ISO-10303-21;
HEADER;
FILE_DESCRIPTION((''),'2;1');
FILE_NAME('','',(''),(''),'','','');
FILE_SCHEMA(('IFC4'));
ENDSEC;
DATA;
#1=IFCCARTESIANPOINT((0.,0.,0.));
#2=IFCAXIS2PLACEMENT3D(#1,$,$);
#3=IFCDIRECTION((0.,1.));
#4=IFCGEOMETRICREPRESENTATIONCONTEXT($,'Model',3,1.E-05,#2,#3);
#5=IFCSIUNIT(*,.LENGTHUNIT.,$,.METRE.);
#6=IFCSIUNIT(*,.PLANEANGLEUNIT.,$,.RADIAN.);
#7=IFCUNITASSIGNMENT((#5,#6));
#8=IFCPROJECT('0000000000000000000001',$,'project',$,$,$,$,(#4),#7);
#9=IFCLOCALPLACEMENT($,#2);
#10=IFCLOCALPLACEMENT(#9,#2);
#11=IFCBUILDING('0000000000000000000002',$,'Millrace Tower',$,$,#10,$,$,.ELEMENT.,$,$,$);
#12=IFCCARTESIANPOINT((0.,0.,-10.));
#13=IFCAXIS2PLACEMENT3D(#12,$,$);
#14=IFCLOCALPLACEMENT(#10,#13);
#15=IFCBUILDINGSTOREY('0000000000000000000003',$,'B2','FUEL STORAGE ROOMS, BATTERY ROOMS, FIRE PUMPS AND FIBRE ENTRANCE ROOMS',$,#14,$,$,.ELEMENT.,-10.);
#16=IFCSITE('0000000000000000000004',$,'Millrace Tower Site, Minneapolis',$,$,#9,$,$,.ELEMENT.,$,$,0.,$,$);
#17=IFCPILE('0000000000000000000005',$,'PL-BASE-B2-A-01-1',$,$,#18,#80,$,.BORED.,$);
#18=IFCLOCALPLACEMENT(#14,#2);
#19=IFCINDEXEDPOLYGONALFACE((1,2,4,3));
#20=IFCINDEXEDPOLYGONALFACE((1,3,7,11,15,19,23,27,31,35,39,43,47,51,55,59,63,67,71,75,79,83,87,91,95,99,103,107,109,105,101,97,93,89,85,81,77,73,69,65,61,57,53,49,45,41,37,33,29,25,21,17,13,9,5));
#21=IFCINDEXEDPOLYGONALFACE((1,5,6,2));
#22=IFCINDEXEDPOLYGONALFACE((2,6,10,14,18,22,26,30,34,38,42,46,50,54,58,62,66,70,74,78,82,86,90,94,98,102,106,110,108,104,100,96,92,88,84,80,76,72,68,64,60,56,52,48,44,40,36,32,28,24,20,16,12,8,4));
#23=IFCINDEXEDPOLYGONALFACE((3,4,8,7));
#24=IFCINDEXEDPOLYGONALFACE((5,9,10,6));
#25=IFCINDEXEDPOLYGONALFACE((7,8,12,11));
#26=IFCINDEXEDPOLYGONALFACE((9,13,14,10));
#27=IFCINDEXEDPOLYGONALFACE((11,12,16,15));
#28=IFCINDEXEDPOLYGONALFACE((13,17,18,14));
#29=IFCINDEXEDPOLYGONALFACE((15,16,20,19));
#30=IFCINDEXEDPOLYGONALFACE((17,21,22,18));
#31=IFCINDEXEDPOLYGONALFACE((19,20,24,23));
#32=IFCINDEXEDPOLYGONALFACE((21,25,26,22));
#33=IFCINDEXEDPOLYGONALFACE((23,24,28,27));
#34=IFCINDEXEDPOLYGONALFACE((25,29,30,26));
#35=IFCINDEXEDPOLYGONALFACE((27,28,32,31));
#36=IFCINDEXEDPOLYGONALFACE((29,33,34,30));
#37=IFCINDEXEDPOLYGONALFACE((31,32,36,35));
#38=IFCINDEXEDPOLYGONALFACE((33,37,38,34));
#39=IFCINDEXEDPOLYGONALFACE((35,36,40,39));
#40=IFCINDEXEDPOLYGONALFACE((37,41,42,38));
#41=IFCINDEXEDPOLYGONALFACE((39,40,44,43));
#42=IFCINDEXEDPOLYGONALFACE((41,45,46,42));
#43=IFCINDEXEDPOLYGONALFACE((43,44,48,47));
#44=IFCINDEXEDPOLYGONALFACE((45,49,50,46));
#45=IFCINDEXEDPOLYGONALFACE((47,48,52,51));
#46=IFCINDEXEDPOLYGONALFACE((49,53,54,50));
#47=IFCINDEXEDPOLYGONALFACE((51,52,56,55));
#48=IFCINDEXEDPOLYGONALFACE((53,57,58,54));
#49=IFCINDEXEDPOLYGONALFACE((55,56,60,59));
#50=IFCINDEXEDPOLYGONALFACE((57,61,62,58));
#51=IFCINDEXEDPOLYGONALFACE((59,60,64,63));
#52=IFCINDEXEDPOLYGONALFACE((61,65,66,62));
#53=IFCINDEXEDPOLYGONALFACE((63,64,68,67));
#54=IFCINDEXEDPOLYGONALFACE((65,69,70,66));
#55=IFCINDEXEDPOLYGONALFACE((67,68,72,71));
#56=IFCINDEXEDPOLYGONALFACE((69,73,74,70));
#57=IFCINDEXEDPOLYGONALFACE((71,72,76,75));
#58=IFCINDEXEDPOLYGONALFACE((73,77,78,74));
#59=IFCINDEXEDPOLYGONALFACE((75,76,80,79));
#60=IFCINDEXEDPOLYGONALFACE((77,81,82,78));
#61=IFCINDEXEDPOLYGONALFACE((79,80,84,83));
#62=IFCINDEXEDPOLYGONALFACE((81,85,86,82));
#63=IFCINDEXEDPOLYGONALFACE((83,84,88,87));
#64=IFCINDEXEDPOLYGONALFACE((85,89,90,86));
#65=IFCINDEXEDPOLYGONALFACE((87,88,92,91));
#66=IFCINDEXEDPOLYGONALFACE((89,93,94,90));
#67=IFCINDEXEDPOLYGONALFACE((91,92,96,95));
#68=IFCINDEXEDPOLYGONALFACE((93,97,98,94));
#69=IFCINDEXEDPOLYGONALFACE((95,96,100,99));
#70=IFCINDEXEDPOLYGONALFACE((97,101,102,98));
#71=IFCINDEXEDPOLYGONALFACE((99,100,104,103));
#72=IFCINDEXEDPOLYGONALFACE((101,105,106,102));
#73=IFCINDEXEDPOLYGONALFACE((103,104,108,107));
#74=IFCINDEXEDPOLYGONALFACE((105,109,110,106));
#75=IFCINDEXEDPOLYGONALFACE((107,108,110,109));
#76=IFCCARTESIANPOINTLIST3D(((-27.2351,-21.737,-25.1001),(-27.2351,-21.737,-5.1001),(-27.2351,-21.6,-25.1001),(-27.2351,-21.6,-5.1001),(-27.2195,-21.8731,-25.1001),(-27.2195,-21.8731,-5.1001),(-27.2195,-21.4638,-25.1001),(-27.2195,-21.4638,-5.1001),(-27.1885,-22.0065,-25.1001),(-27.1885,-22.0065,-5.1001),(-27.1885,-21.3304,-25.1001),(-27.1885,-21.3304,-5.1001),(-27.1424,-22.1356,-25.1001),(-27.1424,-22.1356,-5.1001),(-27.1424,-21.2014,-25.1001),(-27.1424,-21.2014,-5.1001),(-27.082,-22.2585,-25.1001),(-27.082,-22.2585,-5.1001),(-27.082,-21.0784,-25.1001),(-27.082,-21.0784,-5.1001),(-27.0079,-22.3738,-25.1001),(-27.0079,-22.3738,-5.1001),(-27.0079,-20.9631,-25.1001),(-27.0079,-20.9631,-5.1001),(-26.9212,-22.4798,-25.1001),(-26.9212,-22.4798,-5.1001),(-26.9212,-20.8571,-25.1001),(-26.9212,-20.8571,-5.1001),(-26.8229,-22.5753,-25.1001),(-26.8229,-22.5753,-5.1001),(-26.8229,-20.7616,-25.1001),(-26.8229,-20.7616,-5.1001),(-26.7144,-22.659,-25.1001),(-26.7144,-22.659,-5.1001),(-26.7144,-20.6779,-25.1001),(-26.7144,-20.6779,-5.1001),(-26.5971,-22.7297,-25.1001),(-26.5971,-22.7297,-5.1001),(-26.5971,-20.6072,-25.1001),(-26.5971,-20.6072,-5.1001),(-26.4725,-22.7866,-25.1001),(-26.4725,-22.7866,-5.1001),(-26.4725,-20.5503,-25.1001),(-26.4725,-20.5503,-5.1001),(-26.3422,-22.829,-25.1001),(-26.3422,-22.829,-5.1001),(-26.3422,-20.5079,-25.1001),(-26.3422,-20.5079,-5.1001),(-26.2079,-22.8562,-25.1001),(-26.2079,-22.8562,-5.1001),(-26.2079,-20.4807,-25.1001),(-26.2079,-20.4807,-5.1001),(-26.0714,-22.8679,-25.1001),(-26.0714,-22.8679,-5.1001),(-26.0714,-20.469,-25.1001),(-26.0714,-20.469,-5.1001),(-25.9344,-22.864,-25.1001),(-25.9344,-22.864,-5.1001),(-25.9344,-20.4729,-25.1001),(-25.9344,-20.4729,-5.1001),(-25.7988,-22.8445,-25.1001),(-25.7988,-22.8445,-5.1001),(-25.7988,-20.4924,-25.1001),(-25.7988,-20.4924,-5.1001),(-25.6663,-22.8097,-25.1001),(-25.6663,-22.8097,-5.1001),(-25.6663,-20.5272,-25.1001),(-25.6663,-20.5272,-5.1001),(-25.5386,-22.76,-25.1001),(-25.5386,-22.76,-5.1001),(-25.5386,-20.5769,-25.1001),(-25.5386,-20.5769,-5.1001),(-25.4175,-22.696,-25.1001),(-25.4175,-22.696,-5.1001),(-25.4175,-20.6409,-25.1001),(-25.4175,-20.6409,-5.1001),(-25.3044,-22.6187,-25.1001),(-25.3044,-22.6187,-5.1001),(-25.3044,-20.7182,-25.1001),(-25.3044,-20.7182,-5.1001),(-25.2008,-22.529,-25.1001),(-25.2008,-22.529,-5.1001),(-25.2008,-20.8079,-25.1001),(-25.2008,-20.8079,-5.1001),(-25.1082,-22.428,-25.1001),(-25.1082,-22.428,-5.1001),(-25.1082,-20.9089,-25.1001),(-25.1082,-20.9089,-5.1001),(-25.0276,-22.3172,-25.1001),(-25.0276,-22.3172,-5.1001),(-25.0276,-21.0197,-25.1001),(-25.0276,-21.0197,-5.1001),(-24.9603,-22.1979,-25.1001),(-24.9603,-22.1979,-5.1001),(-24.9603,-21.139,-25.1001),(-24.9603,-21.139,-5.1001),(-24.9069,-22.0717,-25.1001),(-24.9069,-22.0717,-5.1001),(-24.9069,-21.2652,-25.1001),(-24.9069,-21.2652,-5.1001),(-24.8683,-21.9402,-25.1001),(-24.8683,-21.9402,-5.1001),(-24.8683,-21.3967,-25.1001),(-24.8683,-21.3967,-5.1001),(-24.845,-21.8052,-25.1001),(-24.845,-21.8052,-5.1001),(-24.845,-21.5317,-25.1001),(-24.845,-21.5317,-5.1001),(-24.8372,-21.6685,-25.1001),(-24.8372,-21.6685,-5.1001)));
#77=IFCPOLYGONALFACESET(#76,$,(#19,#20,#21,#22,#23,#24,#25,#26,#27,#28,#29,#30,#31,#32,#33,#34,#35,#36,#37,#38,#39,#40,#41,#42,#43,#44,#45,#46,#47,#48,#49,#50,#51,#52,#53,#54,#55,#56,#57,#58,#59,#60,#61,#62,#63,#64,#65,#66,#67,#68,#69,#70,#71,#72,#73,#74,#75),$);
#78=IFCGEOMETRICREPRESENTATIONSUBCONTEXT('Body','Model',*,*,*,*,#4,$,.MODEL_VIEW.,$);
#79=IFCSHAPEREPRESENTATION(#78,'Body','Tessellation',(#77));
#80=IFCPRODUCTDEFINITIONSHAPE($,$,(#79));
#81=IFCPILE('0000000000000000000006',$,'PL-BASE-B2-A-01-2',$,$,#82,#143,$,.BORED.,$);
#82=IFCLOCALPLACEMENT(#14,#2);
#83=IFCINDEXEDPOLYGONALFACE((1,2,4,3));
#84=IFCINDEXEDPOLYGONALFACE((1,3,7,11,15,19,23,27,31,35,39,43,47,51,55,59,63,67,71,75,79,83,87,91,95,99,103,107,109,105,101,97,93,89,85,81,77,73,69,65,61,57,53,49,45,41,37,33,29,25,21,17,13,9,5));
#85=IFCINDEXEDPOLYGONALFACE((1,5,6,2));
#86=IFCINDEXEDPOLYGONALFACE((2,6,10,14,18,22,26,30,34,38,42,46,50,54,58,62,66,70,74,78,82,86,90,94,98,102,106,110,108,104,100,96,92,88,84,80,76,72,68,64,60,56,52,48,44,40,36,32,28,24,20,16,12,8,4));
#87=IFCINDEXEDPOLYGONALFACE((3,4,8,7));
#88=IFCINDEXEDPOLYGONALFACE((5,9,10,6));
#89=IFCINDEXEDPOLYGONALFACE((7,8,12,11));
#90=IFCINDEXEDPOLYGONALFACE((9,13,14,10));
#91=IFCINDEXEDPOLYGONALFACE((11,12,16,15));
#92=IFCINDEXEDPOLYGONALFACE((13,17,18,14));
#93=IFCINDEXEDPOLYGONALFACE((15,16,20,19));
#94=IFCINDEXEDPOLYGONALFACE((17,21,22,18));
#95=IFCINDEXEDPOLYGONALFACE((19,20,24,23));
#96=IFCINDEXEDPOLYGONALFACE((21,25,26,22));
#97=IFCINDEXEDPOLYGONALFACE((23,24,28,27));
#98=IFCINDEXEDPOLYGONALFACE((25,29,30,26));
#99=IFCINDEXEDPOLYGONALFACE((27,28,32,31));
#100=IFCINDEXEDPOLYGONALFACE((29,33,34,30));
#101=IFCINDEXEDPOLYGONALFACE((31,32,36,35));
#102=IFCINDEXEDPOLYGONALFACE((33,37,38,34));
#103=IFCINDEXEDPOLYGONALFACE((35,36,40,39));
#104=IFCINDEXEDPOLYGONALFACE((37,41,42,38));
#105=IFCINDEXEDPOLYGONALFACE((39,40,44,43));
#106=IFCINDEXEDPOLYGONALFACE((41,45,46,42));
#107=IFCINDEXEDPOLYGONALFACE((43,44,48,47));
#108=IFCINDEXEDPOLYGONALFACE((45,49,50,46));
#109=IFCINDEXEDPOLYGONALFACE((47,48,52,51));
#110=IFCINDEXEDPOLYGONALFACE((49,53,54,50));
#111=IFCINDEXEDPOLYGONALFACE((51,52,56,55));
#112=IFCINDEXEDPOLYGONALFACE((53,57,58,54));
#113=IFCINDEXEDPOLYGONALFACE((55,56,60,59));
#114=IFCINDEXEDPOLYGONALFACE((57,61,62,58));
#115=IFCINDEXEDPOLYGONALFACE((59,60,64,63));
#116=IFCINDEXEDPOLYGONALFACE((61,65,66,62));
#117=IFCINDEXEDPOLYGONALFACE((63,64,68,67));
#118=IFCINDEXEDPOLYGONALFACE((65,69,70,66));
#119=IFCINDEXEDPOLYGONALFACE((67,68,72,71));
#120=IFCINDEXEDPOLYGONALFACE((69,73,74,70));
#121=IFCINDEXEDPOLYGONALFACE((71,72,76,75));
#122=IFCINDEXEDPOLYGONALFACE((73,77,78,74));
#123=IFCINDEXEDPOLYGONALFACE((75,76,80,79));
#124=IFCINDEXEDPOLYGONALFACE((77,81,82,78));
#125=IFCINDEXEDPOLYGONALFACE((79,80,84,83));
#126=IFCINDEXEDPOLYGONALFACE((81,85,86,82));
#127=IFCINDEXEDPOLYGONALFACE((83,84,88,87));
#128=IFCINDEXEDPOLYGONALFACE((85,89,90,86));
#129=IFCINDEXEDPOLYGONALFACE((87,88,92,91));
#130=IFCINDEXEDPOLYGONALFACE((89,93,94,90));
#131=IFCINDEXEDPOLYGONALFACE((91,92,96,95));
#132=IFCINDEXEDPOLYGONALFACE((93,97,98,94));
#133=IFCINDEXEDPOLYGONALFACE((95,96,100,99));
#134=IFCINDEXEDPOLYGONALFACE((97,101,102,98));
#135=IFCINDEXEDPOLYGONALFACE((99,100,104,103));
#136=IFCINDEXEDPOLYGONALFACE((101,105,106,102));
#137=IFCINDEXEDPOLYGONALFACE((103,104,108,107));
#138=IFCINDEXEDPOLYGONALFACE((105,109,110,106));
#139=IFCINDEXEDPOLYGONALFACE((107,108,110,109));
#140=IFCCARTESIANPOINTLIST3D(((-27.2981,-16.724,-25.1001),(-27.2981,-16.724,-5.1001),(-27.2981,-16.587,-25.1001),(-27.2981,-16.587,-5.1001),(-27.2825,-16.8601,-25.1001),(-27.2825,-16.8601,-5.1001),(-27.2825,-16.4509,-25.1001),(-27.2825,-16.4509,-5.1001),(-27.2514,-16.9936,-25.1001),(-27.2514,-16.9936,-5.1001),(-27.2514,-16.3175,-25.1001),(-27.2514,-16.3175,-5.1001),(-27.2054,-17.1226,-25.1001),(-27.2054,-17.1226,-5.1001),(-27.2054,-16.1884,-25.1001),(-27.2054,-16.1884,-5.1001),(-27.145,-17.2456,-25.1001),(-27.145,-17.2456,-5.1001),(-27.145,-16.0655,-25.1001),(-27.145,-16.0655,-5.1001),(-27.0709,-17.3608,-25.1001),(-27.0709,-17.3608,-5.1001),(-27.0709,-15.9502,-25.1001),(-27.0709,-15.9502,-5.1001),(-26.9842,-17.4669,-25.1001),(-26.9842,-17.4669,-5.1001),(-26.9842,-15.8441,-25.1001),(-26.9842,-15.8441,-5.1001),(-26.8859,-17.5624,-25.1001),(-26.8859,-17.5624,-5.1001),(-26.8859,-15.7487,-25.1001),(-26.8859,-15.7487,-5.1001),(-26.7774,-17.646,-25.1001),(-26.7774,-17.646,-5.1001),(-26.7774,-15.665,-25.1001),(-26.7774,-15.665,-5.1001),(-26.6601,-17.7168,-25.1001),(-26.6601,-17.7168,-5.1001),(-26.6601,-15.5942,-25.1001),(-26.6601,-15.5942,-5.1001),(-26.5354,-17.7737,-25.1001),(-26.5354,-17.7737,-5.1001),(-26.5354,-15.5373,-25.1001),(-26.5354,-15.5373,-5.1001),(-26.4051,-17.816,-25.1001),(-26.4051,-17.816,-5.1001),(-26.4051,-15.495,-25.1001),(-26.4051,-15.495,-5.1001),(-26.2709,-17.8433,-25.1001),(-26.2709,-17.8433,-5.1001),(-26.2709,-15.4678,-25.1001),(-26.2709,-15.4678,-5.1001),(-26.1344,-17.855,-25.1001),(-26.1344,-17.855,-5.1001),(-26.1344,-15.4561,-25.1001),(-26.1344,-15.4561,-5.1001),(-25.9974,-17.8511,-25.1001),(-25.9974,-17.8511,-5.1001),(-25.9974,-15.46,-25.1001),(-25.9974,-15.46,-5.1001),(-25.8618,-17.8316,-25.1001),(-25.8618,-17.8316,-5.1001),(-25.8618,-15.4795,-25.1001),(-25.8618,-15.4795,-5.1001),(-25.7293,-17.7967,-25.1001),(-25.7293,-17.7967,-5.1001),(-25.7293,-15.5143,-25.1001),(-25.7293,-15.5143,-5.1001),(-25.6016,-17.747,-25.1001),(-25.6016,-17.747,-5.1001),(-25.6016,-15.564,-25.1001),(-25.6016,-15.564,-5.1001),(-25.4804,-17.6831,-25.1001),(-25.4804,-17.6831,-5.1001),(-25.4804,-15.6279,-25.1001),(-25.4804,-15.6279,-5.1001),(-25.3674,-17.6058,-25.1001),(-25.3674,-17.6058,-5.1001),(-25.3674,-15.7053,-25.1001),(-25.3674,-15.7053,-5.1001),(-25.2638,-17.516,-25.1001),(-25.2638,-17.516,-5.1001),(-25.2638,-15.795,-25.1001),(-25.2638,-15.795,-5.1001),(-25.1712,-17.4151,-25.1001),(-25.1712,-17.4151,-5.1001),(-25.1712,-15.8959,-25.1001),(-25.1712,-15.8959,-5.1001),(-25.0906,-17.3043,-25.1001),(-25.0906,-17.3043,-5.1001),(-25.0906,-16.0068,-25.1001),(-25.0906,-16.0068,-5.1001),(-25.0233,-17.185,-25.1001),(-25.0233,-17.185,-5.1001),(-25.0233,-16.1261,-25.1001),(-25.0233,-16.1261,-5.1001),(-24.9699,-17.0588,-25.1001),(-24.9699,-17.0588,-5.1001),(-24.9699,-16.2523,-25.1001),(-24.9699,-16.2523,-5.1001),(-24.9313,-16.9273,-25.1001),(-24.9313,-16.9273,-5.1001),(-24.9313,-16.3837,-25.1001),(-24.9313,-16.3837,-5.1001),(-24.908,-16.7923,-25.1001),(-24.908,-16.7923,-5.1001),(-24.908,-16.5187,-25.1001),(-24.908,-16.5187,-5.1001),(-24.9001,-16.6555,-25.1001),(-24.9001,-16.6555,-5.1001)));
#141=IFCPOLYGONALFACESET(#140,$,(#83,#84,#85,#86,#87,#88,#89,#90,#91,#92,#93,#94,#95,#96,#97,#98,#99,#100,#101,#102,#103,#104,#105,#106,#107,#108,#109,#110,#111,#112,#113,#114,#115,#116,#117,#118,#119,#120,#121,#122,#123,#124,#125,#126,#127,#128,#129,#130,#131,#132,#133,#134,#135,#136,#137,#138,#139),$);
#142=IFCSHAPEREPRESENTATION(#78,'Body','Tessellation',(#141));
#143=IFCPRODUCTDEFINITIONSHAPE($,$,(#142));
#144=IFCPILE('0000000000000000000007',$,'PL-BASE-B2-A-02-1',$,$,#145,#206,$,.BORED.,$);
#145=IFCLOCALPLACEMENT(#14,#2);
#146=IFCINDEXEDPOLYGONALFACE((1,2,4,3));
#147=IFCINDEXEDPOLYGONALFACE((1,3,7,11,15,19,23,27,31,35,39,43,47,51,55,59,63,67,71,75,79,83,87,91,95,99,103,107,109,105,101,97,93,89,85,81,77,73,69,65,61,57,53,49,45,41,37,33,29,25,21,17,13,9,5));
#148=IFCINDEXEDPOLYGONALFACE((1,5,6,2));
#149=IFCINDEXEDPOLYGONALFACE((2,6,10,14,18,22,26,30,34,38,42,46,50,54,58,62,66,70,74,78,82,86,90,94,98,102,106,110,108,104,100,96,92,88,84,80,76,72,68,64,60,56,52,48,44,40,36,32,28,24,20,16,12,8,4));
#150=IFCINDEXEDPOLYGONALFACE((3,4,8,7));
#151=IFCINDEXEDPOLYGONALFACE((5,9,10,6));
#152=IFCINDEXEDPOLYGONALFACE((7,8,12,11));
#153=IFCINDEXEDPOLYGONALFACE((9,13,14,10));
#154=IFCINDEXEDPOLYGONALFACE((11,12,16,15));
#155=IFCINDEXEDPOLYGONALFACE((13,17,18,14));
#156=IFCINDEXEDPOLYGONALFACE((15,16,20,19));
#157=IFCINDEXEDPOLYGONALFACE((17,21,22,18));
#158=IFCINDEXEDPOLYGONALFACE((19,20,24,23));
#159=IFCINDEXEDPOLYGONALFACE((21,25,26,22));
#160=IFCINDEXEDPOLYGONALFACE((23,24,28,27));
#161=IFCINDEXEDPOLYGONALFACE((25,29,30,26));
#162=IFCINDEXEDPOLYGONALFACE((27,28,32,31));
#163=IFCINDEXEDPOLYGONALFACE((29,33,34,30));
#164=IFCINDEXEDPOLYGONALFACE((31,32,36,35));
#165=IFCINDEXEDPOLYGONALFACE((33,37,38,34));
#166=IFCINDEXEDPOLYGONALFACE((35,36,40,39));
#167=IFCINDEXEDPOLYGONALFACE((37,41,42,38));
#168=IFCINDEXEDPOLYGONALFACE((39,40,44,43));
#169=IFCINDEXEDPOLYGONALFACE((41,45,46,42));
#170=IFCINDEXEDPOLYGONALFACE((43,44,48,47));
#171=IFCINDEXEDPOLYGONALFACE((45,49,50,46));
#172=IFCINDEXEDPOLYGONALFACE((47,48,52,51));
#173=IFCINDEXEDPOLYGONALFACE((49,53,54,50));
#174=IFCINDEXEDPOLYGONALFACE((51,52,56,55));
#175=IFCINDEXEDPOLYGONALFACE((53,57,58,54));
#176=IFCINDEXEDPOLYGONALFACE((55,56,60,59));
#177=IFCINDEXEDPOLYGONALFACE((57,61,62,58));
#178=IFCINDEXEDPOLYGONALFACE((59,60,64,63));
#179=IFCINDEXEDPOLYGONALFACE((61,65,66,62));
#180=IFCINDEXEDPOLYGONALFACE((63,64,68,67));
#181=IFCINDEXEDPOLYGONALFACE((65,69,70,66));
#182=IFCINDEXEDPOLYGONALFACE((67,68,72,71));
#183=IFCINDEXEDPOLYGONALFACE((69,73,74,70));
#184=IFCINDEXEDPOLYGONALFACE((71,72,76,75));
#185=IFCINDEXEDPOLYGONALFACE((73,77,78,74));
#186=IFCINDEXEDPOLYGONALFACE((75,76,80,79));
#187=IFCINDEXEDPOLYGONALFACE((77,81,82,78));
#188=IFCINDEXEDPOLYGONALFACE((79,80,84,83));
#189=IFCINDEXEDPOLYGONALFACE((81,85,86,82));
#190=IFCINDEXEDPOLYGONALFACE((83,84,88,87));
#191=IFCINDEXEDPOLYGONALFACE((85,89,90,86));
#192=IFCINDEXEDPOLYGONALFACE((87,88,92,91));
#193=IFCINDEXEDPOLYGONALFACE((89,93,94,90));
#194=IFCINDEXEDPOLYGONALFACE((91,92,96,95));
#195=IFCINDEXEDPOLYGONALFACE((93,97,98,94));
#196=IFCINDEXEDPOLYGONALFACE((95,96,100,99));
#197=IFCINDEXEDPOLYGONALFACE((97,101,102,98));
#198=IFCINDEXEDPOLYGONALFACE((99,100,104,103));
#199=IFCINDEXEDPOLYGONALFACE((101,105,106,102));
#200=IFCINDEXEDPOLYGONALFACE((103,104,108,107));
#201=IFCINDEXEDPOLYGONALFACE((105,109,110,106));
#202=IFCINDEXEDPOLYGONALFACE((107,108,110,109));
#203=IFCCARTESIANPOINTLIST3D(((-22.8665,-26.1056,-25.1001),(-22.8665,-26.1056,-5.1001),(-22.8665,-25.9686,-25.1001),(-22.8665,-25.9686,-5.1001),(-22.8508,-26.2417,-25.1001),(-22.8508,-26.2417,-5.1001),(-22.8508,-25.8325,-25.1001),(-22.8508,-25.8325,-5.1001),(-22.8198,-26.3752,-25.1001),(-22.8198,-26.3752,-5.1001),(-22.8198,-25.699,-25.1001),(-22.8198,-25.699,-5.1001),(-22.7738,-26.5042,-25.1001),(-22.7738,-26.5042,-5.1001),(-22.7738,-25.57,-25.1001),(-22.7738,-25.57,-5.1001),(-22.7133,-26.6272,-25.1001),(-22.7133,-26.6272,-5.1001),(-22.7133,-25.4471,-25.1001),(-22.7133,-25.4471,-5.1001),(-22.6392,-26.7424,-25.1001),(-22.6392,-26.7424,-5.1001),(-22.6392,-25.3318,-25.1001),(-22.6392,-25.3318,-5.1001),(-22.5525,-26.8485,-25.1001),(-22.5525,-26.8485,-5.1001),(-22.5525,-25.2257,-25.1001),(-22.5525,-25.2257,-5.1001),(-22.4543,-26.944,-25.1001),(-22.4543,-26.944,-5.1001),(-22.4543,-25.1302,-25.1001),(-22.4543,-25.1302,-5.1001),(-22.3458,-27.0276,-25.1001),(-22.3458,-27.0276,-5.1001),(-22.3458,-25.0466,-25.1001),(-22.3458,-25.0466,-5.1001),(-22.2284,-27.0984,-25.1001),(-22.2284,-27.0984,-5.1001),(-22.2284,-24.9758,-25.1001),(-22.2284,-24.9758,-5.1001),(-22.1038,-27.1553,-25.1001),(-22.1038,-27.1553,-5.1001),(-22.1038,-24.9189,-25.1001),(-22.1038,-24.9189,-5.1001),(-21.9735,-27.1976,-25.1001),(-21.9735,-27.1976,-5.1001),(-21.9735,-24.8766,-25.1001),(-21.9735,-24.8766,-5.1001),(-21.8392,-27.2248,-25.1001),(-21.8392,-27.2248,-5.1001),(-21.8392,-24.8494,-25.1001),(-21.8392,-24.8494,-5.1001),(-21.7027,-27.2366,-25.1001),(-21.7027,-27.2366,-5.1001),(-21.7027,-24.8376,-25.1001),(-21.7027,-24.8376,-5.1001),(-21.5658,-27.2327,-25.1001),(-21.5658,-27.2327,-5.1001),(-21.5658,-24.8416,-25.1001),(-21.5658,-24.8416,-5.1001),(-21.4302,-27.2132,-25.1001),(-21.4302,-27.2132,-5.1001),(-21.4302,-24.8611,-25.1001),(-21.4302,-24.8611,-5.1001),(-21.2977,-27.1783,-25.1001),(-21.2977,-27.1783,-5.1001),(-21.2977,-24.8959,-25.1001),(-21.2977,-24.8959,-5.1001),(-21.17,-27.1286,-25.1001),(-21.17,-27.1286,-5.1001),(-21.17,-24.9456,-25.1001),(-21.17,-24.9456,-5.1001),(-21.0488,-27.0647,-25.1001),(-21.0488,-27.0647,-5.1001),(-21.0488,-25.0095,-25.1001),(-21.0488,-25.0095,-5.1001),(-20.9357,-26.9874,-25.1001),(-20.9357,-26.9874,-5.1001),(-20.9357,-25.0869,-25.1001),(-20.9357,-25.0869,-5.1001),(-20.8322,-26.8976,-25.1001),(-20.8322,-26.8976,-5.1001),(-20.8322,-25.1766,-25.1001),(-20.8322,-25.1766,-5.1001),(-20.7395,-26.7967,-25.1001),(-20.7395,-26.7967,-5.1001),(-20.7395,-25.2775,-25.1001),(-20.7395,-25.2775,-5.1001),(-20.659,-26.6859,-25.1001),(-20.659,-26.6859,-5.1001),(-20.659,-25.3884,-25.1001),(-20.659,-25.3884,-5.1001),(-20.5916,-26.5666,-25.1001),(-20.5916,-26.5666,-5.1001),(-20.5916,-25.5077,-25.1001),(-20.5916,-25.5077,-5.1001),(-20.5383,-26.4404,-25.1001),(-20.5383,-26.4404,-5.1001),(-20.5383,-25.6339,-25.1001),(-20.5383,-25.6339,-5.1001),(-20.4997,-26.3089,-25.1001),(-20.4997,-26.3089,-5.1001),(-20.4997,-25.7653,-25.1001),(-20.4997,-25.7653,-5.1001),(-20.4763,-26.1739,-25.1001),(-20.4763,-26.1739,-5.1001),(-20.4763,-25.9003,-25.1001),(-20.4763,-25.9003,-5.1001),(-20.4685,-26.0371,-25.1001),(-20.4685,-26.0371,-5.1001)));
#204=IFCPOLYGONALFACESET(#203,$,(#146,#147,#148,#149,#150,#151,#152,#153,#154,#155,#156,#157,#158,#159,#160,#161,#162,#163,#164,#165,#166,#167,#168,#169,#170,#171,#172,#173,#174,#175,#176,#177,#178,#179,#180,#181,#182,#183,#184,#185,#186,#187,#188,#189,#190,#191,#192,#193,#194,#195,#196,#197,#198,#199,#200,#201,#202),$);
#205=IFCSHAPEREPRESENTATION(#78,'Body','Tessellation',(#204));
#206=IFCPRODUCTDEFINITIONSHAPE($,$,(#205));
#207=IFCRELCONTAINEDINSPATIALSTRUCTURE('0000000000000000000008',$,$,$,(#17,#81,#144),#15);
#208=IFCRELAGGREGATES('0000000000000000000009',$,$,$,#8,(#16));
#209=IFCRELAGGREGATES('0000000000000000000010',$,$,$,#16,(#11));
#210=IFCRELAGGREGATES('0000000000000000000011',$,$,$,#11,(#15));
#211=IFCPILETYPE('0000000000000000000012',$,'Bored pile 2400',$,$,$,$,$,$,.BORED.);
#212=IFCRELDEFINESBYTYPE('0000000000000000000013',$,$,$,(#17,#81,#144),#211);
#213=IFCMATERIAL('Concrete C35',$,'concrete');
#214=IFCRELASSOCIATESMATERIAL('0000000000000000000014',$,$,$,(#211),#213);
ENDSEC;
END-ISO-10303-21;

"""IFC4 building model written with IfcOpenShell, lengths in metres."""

from ifc_helpers import new_model, si_unit, direction, frame, origin, origin_2d, place, context, subcontext, project, spatial, circle, extrude, material, material_profile, profile_set, type_object, element, save


model = new_model("IFC4")

# Units and contexts
model_context = context("Model", 3, precision=1e-05, world=origin(), true_north=direction((0.0, 1.0)))
body_context = subcontext(model_context, "Body", "Model", "MODEL_VIEW")
ifc_project = project(units=[si_unit("LENGTHUNIT", "METRE"), si_unit("PLANEANGLEUNIT", "RADIAN")], contexts=[model_context])

# Site, building, storey
site_placement = place(None, origin())
site = spatial("IfcSite", under=ifc_project, at=site_placement, Name="Millrace Tower Site, Minneapolis", CompositionType="ELEMENT", RefElevation=0.0)
building_placement = place(site_placement, origin())
building = spatial("IfcBuilding", under=site, at=building_placement, Name="Millrace Tower", CompositionType="ELEMENT")
storey_placement = place(building_placement, frame((0.0, 0.0, -10.0)))
storey = spatial("IfcBuildingStorey", under=building, at=storey_placement, Name="B2", Description="FUEL STORAGE ROOMS, BATTERY ROOMS, FIRE PUMPS AND FIBRE ENTRANCE ROOMS", CompositionType="ELEMENT", Elevation=-10.0)

# Piles
ifc_material_1 = material(Name="Concrete C35", Category="concrete")
ifc_material_profile_1 = material_profile(ifc_material_1, circle(Radius=1.2, at=origin_2d()))
ifc_profile_set_1 = profile_set([ifc_material_profile_1], Name="Concrete C35")
pile_type = type_object("IfcPileType", Name="Bored pile 2400", PredefinedType="BORED", material=ifc_profile_set_1)
for number, where, z_axis, x_axis, name in (
    (1, (-26.0371, -21.6685, -5.1001), (0.0, 0.0, -1.0), (1.0, 0.0, 0.0), "PL-BASE-B2-A-01-1"),
    (2, (-26.1001, -16.6555, -5.1001), (0.0, 0.0, -1.0), (1.0, 0.0, 0.0), "PL-BASE-B2-A-01-2"),
    (3, (-21.6685, -26.0371, -5.1001), (0.0, 0.0, -1.0), (1.0, 0.0, 0.0), "PL-BASE-B2-A-02-1"),
):
    element("IfcPile", number, at=place(storey_placement, frame(where, z_axis=z_axis, x_axis=x_axis)), inside=storey, type_object=pile_type, Name=name, PredefinedType="BORED", context=body_context, shape_type="SweptSolid", body=[
        extrude(circle(Radius=1.2, at=origin_2d()), origin(), (0.0, 0.0, 1.0), 20.0),
    ])

save(model, "model.ifc")
